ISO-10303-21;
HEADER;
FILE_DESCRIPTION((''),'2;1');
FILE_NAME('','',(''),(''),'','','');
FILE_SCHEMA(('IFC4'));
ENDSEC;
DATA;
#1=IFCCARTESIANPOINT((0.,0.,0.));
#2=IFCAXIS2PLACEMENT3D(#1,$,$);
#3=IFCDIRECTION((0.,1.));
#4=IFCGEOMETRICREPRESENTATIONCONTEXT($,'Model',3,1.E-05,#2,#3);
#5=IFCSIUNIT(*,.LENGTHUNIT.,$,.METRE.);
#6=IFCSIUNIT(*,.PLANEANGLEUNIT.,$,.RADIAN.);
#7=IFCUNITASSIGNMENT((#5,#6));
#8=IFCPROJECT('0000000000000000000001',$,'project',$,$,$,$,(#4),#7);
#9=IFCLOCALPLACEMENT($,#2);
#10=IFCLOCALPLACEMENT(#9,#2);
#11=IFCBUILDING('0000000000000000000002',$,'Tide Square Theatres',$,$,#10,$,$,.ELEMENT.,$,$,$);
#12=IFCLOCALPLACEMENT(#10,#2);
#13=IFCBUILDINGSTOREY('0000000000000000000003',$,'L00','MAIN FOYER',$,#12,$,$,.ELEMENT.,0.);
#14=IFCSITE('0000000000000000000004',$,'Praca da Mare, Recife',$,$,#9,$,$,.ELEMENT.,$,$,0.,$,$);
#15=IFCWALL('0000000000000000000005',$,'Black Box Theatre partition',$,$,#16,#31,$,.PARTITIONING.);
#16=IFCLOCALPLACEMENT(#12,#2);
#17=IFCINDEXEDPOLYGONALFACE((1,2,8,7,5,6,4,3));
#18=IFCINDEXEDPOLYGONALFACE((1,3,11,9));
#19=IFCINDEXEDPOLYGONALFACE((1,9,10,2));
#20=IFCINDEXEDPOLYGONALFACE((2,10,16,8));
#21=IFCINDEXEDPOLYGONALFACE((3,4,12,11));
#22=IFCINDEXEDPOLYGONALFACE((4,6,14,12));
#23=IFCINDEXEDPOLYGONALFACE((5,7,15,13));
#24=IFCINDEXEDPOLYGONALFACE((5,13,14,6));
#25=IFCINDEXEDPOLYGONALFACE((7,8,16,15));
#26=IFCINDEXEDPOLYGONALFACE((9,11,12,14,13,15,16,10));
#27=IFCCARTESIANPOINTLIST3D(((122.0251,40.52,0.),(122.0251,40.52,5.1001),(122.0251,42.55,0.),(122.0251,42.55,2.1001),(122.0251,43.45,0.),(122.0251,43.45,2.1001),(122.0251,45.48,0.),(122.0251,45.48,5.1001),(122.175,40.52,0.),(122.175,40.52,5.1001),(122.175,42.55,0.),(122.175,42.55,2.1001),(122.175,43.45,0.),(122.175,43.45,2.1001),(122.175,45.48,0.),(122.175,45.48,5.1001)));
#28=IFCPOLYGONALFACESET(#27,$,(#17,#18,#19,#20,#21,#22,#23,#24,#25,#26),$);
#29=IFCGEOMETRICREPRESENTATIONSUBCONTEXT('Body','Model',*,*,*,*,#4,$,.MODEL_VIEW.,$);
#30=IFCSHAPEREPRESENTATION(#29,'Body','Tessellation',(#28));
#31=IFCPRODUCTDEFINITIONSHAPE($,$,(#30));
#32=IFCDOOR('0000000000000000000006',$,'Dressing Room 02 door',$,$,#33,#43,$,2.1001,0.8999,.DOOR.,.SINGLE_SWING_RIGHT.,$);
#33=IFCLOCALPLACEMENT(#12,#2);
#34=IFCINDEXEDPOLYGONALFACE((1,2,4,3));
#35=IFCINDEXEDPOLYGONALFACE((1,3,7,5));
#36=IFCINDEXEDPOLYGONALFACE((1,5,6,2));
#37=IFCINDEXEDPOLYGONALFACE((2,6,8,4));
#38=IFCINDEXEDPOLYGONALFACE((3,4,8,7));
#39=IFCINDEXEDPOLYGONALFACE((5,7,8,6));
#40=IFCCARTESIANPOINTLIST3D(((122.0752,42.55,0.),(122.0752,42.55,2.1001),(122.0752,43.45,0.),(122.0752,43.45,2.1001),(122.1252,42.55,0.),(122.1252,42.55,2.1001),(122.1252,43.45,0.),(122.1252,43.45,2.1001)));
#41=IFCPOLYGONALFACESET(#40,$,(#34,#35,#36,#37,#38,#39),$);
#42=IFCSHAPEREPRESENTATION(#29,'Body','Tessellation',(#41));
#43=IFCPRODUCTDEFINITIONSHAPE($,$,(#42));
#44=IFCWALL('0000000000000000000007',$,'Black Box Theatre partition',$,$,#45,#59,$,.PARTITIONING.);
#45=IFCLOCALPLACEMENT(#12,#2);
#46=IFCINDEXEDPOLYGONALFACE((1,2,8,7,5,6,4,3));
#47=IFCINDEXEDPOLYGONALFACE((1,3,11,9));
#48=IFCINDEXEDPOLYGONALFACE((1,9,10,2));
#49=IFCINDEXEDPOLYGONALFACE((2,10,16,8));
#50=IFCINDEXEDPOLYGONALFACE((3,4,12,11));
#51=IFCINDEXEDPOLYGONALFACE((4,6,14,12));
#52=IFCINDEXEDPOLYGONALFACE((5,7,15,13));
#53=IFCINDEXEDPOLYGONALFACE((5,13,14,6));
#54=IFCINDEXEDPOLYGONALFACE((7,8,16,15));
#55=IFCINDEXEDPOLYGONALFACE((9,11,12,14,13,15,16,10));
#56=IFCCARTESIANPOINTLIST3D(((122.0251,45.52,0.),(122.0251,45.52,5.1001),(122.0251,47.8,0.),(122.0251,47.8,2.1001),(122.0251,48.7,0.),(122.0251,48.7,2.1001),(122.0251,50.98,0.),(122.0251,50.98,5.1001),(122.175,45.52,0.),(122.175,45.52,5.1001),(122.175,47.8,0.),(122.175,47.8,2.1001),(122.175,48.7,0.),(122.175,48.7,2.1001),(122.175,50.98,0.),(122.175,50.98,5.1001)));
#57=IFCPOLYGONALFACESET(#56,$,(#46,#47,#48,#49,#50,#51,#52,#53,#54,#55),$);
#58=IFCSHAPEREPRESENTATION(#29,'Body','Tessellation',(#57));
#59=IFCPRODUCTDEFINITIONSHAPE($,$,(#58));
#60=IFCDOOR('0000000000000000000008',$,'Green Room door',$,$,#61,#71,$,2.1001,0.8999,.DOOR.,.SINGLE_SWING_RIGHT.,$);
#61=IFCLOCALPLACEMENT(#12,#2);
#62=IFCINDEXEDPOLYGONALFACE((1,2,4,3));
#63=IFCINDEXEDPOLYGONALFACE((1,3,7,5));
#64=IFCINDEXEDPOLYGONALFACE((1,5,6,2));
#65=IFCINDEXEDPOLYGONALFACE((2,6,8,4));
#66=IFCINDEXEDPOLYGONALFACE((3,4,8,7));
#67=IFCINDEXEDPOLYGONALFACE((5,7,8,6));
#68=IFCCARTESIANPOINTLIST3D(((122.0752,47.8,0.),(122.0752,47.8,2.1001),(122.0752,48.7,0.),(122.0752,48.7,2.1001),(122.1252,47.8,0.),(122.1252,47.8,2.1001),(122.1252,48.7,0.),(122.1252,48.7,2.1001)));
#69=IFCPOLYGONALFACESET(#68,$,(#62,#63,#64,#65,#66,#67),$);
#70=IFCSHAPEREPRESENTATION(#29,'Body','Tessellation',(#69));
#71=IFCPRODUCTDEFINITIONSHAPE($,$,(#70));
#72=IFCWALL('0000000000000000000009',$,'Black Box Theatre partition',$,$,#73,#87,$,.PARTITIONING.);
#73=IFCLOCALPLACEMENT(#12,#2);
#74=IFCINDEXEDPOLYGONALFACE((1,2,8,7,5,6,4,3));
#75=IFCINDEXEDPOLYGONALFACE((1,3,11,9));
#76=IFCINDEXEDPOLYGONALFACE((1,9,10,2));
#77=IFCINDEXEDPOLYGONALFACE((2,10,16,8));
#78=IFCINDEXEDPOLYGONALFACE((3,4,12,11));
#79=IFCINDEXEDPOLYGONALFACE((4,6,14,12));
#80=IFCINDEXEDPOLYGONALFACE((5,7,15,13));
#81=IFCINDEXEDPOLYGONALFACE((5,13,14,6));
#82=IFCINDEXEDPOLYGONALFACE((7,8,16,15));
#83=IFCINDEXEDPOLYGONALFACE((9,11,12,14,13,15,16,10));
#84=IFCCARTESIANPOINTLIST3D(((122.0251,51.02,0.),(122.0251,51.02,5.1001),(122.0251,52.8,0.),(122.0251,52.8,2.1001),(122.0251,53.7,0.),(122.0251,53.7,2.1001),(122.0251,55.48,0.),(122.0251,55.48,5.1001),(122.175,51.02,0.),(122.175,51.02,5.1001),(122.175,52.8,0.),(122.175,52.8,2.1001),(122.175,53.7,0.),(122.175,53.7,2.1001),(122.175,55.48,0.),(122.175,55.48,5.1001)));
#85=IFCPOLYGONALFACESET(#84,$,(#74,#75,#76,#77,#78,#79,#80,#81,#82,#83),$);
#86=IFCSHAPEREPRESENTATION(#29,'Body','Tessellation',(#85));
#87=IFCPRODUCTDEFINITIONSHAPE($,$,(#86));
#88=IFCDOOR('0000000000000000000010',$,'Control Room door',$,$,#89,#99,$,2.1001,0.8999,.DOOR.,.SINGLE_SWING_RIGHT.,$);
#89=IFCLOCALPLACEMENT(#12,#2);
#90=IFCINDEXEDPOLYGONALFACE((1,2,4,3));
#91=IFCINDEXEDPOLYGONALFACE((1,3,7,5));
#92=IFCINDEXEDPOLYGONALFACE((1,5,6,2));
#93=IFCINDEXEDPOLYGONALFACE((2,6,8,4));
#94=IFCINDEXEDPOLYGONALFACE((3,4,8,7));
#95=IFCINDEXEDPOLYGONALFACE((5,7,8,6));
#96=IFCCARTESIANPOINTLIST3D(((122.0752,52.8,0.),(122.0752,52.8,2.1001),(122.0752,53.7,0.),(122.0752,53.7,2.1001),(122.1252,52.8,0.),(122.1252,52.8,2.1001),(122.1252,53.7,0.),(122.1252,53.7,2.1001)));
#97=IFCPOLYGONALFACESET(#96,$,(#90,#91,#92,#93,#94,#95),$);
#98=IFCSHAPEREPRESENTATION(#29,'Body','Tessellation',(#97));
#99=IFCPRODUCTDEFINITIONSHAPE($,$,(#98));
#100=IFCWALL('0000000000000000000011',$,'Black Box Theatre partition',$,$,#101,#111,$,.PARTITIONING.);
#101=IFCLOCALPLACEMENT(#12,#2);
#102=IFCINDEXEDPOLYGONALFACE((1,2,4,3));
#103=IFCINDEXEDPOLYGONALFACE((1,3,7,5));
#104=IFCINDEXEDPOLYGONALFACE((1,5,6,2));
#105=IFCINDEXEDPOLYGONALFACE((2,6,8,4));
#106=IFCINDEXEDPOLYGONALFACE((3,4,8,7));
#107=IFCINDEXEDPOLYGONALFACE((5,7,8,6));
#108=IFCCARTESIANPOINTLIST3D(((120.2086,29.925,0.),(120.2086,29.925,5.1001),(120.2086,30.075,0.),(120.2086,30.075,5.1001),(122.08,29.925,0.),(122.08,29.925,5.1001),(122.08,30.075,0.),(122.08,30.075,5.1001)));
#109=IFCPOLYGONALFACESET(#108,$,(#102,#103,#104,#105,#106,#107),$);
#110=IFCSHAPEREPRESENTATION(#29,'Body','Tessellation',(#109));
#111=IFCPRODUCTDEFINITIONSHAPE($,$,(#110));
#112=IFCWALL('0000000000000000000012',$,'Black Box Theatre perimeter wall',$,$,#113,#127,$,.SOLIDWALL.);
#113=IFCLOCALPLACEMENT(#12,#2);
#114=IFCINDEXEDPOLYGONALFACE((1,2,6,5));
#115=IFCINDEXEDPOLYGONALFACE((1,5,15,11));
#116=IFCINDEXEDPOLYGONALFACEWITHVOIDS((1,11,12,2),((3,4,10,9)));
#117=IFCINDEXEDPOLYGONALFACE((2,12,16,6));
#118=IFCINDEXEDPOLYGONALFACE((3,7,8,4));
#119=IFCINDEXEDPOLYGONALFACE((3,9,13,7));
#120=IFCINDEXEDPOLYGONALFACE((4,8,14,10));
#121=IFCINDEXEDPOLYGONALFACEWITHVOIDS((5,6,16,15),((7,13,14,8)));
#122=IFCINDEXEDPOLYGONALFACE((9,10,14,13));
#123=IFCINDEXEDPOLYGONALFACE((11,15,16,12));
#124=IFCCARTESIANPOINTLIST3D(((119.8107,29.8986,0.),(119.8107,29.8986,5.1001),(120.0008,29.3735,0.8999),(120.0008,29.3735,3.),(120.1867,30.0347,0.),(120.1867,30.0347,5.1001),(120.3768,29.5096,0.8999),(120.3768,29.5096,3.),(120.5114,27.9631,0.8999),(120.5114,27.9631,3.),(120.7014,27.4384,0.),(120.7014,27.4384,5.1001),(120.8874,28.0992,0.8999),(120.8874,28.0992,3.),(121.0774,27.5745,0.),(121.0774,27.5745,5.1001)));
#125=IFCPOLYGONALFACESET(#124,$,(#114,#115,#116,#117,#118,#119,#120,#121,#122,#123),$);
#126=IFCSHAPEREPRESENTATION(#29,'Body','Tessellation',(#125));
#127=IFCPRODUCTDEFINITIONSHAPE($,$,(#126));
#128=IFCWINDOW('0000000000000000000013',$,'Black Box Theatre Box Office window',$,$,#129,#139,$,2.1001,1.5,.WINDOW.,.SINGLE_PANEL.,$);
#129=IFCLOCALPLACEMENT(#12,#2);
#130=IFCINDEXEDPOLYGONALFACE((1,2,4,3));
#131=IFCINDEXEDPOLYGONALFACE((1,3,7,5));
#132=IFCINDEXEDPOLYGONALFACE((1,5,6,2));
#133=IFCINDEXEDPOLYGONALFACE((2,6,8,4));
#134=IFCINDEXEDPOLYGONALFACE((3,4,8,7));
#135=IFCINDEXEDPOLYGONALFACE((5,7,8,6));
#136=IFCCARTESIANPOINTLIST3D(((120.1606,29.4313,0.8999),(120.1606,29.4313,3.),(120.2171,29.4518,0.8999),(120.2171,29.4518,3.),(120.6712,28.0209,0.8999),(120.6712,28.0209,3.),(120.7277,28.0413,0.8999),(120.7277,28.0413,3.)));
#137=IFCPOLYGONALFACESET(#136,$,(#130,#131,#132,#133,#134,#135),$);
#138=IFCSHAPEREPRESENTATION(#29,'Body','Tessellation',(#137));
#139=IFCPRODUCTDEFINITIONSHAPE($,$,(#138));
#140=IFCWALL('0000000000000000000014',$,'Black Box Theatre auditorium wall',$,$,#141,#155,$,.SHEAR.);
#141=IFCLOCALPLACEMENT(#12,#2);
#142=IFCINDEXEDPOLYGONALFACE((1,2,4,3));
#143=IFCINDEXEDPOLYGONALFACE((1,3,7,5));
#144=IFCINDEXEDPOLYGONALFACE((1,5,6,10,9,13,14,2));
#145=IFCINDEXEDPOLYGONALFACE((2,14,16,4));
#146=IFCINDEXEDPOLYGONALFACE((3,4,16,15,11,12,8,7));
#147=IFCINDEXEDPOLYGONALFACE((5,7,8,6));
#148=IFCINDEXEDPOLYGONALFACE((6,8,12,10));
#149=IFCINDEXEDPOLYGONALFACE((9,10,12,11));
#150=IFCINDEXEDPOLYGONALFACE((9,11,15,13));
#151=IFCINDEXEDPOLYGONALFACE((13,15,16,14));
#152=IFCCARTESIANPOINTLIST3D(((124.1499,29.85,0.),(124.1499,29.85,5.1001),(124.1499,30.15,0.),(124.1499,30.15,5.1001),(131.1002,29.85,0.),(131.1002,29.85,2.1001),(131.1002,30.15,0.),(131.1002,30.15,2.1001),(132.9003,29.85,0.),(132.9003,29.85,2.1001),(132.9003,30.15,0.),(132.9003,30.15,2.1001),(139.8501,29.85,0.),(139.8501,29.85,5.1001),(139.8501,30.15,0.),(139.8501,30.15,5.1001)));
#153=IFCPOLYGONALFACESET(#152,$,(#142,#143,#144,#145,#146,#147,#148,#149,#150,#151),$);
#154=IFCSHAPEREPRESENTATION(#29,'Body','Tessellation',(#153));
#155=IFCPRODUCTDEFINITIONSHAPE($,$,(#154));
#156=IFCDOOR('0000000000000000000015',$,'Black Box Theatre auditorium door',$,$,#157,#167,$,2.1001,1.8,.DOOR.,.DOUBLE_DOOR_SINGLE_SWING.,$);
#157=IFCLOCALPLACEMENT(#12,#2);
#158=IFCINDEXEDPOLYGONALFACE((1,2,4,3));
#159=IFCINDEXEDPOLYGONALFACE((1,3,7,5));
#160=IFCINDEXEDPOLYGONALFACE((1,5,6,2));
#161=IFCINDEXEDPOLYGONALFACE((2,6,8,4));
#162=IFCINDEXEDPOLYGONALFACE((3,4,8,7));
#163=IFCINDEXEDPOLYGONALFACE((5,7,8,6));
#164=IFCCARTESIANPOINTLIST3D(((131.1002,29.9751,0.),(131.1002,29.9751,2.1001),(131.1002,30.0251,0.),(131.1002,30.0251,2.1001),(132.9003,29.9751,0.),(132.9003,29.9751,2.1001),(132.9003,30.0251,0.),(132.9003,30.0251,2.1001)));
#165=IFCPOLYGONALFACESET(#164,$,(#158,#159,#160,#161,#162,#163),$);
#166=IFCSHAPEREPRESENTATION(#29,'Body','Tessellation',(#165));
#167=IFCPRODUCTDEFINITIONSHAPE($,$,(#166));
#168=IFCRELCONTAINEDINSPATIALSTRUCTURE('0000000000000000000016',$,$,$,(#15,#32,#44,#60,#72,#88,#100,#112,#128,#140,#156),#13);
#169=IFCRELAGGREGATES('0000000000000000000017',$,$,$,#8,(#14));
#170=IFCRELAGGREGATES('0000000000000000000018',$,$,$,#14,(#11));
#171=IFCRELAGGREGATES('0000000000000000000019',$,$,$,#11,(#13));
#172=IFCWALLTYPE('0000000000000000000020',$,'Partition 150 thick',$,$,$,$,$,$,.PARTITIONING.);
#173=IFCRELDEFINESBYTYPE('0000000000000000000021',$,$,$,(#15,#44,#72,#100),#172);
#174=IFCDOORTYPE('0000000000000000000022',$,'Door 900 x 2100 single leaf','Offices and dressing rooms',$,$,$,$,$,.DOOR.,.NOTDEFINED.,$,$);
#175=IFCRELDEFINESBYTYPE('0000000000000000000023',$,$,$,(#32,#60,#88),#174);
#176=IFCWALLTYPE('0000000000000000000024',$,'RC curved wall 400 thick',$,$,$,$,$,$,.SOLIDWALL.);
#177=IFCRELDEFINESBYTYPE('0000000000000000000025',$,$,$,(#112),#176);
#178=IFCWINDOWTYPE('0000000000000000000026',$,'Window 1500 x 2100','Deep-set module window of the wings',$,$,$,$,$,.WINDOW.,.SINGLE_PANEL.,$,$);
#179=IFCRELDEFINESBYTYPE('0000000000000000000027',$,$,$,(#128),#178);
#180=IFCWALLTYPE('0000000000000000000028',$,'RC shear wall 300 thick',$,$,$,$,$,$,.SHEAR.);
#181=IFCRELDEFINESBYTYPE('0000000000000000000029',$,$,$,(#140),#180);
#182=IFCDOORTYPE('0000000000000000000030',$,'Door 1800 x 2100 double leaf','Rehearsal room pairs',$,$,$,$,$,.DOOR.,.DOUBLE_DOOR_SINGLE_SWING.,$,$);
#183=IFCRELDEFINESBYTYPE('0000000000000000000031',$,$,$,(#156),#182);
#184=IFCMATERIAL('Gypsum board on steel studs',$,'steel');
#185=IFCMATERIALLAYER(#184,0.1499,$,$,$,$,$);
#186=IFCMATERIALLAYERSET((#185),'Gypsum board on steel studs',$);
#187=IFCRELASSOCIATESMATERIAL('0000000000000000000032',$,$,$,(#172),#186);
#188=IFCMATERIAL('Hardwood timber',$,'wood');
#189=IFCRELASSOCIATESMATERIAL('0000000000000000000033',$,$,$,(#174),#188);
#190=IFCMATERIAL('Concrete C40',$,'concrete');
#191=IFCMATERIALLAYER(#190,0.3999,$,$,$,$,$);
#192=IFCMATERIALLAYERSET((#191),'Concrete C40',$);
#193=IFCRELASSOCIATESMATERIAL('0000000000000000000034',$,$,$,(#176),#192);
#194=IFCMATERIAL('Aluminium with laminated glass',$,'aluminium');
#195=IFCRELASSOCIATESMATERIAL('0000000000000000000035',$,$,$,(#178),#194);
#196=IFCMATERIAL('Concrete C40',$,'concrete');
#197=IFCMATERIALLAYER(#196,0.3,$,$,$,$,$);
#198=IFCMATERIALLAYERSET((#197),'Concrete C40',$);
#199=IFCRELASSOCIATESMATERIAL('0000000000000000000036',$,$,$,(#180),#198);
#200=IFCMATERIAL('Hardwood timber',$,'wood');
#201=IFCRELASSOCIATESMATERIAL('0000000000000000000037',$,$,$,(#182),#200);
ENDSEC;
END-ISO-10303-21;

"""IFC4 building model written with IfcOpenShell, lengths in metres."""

from ifc_helpers import new_model, si_unit, direction, frame, frame_2d, origin, place, context, subcontext, project, spatial, rectangle, extrude, material, layer, layer_set, type_object, element, fill, save


model = new_model("IFC4")

# Units and contexts
model_context = context("Model", 3, precision=1e-05, world=origin(), true_north=direction((0.0, 1.0)))
body_context = subcontext(model_context, "Body", "Model", "MODEL_VIEW")
ifc_project = project(units=[si_unit("LENGTHUNIT", "METRE"), si_unit("PLANEANGLEUNIT", "RADIAN")], contexts=[model_context])

# Site, building, storey
site_placement = place(None, origin())
site = spatial("IfcSite", under=ifc_project, at=site_placement, Name="Praca da Mare, Recife", CompositionType="ELEMENT", RefElevation=0.0)
building_placement = place(site_placement, origin())
building = spatial("IfcBuilding", under=site, at=building_placement, Name="Tide Square Theatres", CompositionType="ELEMENT")
storey_placement = place(building_placement, origin())
storey = spatial("IfcBuildingStorey", under=building, at=storey_placement, Name="L00", Description="MAIN FOYER", CompositionType="ELEMENT", Elevation=0.0)

# Shared definitions
ifc_material_1 = material(Name="Gypsum board on steel studs", Category="steel")
ifc_layer_1 = layer(ifc_material_1, 0.1499)
ifc_layer_set_1 = layer_set([ifc_layer_1], Name="Gypsum board on steel studs")
wall_type_1 = type_object("IfcWallType", Name="Partition 150 thick", PredefinedType="PARTITIONING", material=ifc_layer_set_1)

# Walls, openings, doors
ifc_material_2 = material(Name="Hardwood timber", Category="wood")
door_type_1 = type_object("IfcDoorType", Name="Door 900 x 2100 single leaf", Description="Offices and dressing rooms", OperationType="NOTDEFINED", PredefinedType="DOOR", material=ifc_material_2)
wall_1_placement = place(storey_placement, frame((122.1001, 40.52, 0.0), z_axis=(0.0, 0.0, 1.0), x_axis=(0.0, 1.0, 0.0)))
wall_1 = element("IfcWall", 1, at=wall_1_placement, inside=storey, type_object=wall_type_1, Name="Black Box Theatre partition", PredefinedType="PARTITIONING", context=body_context, shape_type="SweptSolid", body=[
    extrude(rectangle(XDim=4.96, YDim=0.1499, at=frame_2d((2.48, 0.0))), origin(), (0.0, 0.0, 1.0), 5.1001),
])
opening_1_placement = place(wall_1_placement, frame((2.03, 0.0, 0.0)))
opening_1 = element("IfcOpeningElement", 2, at=opening_1_placement, cuts=wall_1, PredefinedType="OPENING", context=body_context, shape_type="SweptSolid", body=[
    extrude(rectangle(XDim=0.8999, YDim=2.1001, at=frame_2d((0.45, 1.05))), frame((0.0, 0.085, 0.0), z_axis=(0.0, -1.0, 0.0), x_axis=(1.0, 0.0, 0.0)), (0.0, 0.0, 1.0), 0.1699),
])
door_1_placement = place(opening_1_placement, origin())
door_1 = element("IfcDoor", 3, at=door_1_placement, inside=storey, type_object=door_type_1, Name="Dressing Room 02 door", OperationType="SINGLE_SWING_RIGHT", OverallHeight=2.1001, OverallWidth=0.8999, PredefinedType="DOOR", context=body_context, shape_type="SweptSolid", body=[
    extrude(rectangle(XDim=0.8999, YDim=2.1001, at=frame_2d((0.45, 1.05))), frame((0.0, 0.0249, 0.0), z_axis=(0.0, -1.0, 0.0), x_axis=(1.0, 0.0, 0.0)), (0.0, 0.0, 1.0), 0.05),
])
fill(opening_1, door_1)
wall_2_placement = place(storey_placement, frame((122.1001, 45.52, 0.0), z_axis=(0.0, 0.0, 1.0), x_axis=(0.0, 1.0, 0.0)))
wall_2 = element("IfcWall", 4, at=wall_2_placement, inside=storey, type_object=wall_type_1, Name="Black Box Theatre partition", PredefinedType="PARTITIONING", context=body_context, shape_type="SweptSolid", body=[
    extrude(rectangle(XDim=5.46, YDim=0.1499, at=frame_2d((2.73, 0.0))), origin(), (0.0, 0.0, 1.0), 5.1001),
])
opening_2_placement = place(wall_2_placement, frame((2.28, 0.0, 0.0)))
opening_2 = element("IfcOpeningElement", 5, at=opening_2_placement, cuts=wall_2, PredefinedType="OPENING", context=body_context, shape_type="SweptSolid", body=[
    extrude(rectangle(XDim=0.8999, YDim=2.1001, at=frame_2d((0.45, 1.05))), frame((0.0, 0.085, 0.0), z_axis=(0.0, -1.0, 0.0), x_axis=(1.0, 0.0, 0.0)), (0.0, 0.0, 1.0), 0.1699),
])
door_2_placement = place(opening_2_placement, origin())
door_2 = element("IfcDoor", 6, at=door_2_placement, inside=storey, type_object=door_type_1, Name="Green Room door", OperationType="SINGLE_SWING_RIGHT", OverallHeight=2.1001, OverallWidth=0.8999, PredefinedType="DOOR", context=body_context, shape_type="SweptSolid", body=[
    extrude(rectangle(XDim=0.8999, YDim=2.1001, at=frame_2d((0.45, 1.05))), frame((0.0, 0.0249, 0.0), z_axis=(0.0, -1.0, 0.0), x_axis=(1.0, 0.0, 0.0)), (0.0, 0.0, 1.0), 0.05),
])
fill(opening_2, door_2)
wall_3_placement = place(storey_placement, frame((122.1001, 51.02, 0.0), z_axis=(0.0, 0.0, 1.0), x_axis=(0.0, 1.0, 0.0)))
wall_3 = element("IfcWall", 7, at=wall_3_placement, inside=storey, type_object=wall_type_1, Name="Black Box Theatre partition", PredefinedType="PARTITIONING", context=body_context, shape_type="SweptSolid", body=[
    extrude(rectangle(XDim=4.46, YDim=0.1499, at=frame_2d((2.23, 0.0))), origin(), (0.0, 0.0, 1.0), 5.1001),
])
opening_3_placement = place(wall_3_placement, frame((1.78, 0.0, 0.0)))
opening_3 = element("IfcOpeningElement", 8, at=opening_3_placement, cuts=wall_3, PredefinedType="OPENING", context=body_context, shape_type="SweptSolid", body=[
    extrude(rectangle(XDim=0.8999, YDim=2.1001, at=frame_2d((0.45, 1.05))), frame((0.0, 0.085, 0.0), z_axis=(0.0, -1.0, 0.0), x_axis=(1.0, 0.0, 0.0)), (0.0, 0.0, 1.0), 0.1699),
])
door_3_placement = place(opening_3_placement, origin())
door_3 = element("IfcDoor", 9, at=door_3_placement, inside=storey, type_object=door_type_1, Name="Control Room door", OperationType="SINGLE_SWING_RIGHT", OverallHeight=2.1001, OverallWidth=0.8999, PredefinedType="DOOR", context=body_context, shape_type="SweptSolid", body=[
    extrude(rectangle(XDim=0.8999, YDim=2.1001, at=frame_2d((0.45, 1.05))), frame((0.0, 0.0249, 0.0), z_axis=(0.0, -1.0, 0.0), x_axis=(1.0, 0.0, 0.0)), (0.0, 0.0, 1.0), 0.05),
])
fill(opening_3, door_3)

# Wall
wall_4_placement = place(storey_placement, frame((120.2087, 30.0, 0.0), z_axis=(0.0, 0.0, 1.0), x_axis=(1.0, 0.0, 0.0)))
element("IfcWall", 10, at=wall_4_placement, inside=storey, type_object=wall_type_1, Name="Black Box Theatre partition", PredefinedType="PARTITIONING", context=body_context, shape_type="SweptSolid", body=[
    extrude(rectangle(XDim=1.8713, YDim=0.1499, at=frame_2d((0.9355, 0.0))), origin(), (0.0, 0.0, 1.0), 5.1001),
])

# Wall, opening, window
ifc_material_3 = material(Name="Concrete C40", Category="concrete")
ifc_layer_2 = layer(ifc_material_3, 0.3999)
ifc_layer_set_2 = layer_set([ifc_layer_2], Name="Concrete C40")
wall_type_2 = type_object("IfcWallType", Name="RC curved wall 400 thick", PredefinedType="SOLIDWALL", material=ifc_layer_set_2)
wall_5_placement = place(storey_placement, frame((119.9988, 29.9666, 0.0), z_axis=(0.0, 0.0, 1.0), x_axis=(0.340394, -0.940283, 0.0)))
wall_5 = element("IfcWall", 11, at=wall_5_placement, inside=storey, type_object=wall_type_2, Name="Black Box Theatre perimeter wall", PredefinedType="SOLIDWALL", context=body_context, shape_type="SweptSolid", body=[
    extrude(rectangle(XDim=2.6165, YDim=0.3999, at=frame_2d((1.3081, 0.0))), origin(), (0.0, 0.0, 1.0), 5.1001),
])
opening_4_placement = place(wall_5_placement, frame((0.5583, 0.0, 0.8999)))
opening_4 = element("IfcOpeningElement", 12, at=opening_4_placement, cuts=wall_5, PredefinedType="OPENING", context=body_context, shape_type="SweptSolid", body=[
    extrude(rectangle(XDim=1.5, YDim=2.1001, at=frame_2d((0.75, 1.05))), frame((0.0, 0.21, 0.0), z_axis=(0.0, -1.0, 0.0), x_axis=(1.0, 0.0, 0.0)), (0.0, 0.0, 1.0), 0.4199),
])
ifc_material_4 = material(Name="Aluminium with laminated glass", Category="aluminium")
window_type = type_object("IfcWindowType", Name="Window 1500 x 2100", Description="Deep-set module window of the wings", PartitioningType="SINGLE_PANEL", PredefinedType="WINDOW", material=ifc_material_4)
window_placement = place(opening_4_placement, origin())
window = element("IfcWindow", 13, at=window_placement, inside=storey, type_object=window_type, Name="Black Box Theatre Box Office window", OverallHeight=2.1001, OverallWidth=1.5, PartitioningType="SINGLE_PANEL", PredefinedType="WINDOW", context=body_context, shape_type="SweptSolid", body=[
    extrude(rectangle(XDim=1.5, YDim=2.1001, at=frame_2d((0.75, 1.05))), frame((0.0, 0.03, 0.0), z_axis=(0.0, -1.0, 0.0), x_axis=(1.0, 0.0, 0.0)), (0.0, 0.0, 1.0), 0.0601),
])
fill(opening_4, window)

# Wall, opening, door
ifc_material_5 = material(Name="Concrete C40", Category="concrete")
ifc_layer_3 = layer(ifc_material_5, 0.3)
ifc_layer_set_3 = layer_set([ifc_layer_3], Name="Concrete C40")
wall_type_3 = type_object("IfcWallType", Name="RC shear wall 300 thick", PredefinedType="SHEAR", material=ifc_layer_set_3)
wall_6_placement = place(storey_placement, frame((139.8501, 30.0, 0.0), z_axis=(0.0, 0.0, 1.0), x_axis=(-1.0, 0.0, 0.0)))
wall_6 = element("IfcWall", 14, at=wall_6_placement, inside=storey, type_object=wall_type_3, Name="Black Box Theatre auditorium wall", PredefinedType="SHEAR", context=body_context, shape_type="SweptSolid", body=[
    extrude(rectangle(XDim=15.7002, YDim=0.3, at=frame_2d((7.8501, 0.0))), origin(), (0.0, 0.0, 1.0), 5.1001),
])
opening_5_placement = place(wall_6_placement, frame((6.95, 0.0, 0.0)))
opening_5 = element("IfcOpeningElement", 15, at=opening_5_placement, cuts=wall_6, PredefinedType="OPENING", context=body_context, shape_type="SweptSolid", body=[
    extrude(rectangle(XDim=1.8, YDim=2.1001, at=frame_2d((0.8999, 1.05))), frame((0.0, 0.1599, 0.0), z_axis=(0.0, -1.0, 0.0), x_axis=(1.0, 0.0, 0.0)), (0.0, 0.0, 1.0), 0.3201),
])
ifc_material_6 = material(Name="Hardwood timber", Category="wood")
door_type_2 = type_object("IfcDoorType", Name="Door 1800 x 2100 double leaf", Description="Rehearsal room pairs", OperationType="DOUBLE_DOOR_SINGLE_SWING", PredefinedType="DOOR", material=ifc_material_6)
door_4_placement = place(opening_5_placement, origin())
door_4 = element("IfcDoor", 16, at=door_4_placement, inside=storey, type_object=door_type_2, Name="Black Box Theatre auditorium door", OperationType="DOUBLE_DOOR_SINGLE_SWING", OverallHeight=2.1001, OverallWidth=1.8, PredefinedType="DOOR", context=body_context, shape_type="SweptSolid", body=[
    extrude(rectangle(XDim=1.8, YDim=2.1001, at=frame_2d((0.8999, 1.05))), frame((0.0, 0.0249, 0.0), z_axis=(0.0, -1.0, 0.0), x_axis=(1.0, 0.0, 0.0)), (0.0, 0.0, 1.0), 0.05),
])
fill(opening_5, door_4)

save(model, "model.ifc")
